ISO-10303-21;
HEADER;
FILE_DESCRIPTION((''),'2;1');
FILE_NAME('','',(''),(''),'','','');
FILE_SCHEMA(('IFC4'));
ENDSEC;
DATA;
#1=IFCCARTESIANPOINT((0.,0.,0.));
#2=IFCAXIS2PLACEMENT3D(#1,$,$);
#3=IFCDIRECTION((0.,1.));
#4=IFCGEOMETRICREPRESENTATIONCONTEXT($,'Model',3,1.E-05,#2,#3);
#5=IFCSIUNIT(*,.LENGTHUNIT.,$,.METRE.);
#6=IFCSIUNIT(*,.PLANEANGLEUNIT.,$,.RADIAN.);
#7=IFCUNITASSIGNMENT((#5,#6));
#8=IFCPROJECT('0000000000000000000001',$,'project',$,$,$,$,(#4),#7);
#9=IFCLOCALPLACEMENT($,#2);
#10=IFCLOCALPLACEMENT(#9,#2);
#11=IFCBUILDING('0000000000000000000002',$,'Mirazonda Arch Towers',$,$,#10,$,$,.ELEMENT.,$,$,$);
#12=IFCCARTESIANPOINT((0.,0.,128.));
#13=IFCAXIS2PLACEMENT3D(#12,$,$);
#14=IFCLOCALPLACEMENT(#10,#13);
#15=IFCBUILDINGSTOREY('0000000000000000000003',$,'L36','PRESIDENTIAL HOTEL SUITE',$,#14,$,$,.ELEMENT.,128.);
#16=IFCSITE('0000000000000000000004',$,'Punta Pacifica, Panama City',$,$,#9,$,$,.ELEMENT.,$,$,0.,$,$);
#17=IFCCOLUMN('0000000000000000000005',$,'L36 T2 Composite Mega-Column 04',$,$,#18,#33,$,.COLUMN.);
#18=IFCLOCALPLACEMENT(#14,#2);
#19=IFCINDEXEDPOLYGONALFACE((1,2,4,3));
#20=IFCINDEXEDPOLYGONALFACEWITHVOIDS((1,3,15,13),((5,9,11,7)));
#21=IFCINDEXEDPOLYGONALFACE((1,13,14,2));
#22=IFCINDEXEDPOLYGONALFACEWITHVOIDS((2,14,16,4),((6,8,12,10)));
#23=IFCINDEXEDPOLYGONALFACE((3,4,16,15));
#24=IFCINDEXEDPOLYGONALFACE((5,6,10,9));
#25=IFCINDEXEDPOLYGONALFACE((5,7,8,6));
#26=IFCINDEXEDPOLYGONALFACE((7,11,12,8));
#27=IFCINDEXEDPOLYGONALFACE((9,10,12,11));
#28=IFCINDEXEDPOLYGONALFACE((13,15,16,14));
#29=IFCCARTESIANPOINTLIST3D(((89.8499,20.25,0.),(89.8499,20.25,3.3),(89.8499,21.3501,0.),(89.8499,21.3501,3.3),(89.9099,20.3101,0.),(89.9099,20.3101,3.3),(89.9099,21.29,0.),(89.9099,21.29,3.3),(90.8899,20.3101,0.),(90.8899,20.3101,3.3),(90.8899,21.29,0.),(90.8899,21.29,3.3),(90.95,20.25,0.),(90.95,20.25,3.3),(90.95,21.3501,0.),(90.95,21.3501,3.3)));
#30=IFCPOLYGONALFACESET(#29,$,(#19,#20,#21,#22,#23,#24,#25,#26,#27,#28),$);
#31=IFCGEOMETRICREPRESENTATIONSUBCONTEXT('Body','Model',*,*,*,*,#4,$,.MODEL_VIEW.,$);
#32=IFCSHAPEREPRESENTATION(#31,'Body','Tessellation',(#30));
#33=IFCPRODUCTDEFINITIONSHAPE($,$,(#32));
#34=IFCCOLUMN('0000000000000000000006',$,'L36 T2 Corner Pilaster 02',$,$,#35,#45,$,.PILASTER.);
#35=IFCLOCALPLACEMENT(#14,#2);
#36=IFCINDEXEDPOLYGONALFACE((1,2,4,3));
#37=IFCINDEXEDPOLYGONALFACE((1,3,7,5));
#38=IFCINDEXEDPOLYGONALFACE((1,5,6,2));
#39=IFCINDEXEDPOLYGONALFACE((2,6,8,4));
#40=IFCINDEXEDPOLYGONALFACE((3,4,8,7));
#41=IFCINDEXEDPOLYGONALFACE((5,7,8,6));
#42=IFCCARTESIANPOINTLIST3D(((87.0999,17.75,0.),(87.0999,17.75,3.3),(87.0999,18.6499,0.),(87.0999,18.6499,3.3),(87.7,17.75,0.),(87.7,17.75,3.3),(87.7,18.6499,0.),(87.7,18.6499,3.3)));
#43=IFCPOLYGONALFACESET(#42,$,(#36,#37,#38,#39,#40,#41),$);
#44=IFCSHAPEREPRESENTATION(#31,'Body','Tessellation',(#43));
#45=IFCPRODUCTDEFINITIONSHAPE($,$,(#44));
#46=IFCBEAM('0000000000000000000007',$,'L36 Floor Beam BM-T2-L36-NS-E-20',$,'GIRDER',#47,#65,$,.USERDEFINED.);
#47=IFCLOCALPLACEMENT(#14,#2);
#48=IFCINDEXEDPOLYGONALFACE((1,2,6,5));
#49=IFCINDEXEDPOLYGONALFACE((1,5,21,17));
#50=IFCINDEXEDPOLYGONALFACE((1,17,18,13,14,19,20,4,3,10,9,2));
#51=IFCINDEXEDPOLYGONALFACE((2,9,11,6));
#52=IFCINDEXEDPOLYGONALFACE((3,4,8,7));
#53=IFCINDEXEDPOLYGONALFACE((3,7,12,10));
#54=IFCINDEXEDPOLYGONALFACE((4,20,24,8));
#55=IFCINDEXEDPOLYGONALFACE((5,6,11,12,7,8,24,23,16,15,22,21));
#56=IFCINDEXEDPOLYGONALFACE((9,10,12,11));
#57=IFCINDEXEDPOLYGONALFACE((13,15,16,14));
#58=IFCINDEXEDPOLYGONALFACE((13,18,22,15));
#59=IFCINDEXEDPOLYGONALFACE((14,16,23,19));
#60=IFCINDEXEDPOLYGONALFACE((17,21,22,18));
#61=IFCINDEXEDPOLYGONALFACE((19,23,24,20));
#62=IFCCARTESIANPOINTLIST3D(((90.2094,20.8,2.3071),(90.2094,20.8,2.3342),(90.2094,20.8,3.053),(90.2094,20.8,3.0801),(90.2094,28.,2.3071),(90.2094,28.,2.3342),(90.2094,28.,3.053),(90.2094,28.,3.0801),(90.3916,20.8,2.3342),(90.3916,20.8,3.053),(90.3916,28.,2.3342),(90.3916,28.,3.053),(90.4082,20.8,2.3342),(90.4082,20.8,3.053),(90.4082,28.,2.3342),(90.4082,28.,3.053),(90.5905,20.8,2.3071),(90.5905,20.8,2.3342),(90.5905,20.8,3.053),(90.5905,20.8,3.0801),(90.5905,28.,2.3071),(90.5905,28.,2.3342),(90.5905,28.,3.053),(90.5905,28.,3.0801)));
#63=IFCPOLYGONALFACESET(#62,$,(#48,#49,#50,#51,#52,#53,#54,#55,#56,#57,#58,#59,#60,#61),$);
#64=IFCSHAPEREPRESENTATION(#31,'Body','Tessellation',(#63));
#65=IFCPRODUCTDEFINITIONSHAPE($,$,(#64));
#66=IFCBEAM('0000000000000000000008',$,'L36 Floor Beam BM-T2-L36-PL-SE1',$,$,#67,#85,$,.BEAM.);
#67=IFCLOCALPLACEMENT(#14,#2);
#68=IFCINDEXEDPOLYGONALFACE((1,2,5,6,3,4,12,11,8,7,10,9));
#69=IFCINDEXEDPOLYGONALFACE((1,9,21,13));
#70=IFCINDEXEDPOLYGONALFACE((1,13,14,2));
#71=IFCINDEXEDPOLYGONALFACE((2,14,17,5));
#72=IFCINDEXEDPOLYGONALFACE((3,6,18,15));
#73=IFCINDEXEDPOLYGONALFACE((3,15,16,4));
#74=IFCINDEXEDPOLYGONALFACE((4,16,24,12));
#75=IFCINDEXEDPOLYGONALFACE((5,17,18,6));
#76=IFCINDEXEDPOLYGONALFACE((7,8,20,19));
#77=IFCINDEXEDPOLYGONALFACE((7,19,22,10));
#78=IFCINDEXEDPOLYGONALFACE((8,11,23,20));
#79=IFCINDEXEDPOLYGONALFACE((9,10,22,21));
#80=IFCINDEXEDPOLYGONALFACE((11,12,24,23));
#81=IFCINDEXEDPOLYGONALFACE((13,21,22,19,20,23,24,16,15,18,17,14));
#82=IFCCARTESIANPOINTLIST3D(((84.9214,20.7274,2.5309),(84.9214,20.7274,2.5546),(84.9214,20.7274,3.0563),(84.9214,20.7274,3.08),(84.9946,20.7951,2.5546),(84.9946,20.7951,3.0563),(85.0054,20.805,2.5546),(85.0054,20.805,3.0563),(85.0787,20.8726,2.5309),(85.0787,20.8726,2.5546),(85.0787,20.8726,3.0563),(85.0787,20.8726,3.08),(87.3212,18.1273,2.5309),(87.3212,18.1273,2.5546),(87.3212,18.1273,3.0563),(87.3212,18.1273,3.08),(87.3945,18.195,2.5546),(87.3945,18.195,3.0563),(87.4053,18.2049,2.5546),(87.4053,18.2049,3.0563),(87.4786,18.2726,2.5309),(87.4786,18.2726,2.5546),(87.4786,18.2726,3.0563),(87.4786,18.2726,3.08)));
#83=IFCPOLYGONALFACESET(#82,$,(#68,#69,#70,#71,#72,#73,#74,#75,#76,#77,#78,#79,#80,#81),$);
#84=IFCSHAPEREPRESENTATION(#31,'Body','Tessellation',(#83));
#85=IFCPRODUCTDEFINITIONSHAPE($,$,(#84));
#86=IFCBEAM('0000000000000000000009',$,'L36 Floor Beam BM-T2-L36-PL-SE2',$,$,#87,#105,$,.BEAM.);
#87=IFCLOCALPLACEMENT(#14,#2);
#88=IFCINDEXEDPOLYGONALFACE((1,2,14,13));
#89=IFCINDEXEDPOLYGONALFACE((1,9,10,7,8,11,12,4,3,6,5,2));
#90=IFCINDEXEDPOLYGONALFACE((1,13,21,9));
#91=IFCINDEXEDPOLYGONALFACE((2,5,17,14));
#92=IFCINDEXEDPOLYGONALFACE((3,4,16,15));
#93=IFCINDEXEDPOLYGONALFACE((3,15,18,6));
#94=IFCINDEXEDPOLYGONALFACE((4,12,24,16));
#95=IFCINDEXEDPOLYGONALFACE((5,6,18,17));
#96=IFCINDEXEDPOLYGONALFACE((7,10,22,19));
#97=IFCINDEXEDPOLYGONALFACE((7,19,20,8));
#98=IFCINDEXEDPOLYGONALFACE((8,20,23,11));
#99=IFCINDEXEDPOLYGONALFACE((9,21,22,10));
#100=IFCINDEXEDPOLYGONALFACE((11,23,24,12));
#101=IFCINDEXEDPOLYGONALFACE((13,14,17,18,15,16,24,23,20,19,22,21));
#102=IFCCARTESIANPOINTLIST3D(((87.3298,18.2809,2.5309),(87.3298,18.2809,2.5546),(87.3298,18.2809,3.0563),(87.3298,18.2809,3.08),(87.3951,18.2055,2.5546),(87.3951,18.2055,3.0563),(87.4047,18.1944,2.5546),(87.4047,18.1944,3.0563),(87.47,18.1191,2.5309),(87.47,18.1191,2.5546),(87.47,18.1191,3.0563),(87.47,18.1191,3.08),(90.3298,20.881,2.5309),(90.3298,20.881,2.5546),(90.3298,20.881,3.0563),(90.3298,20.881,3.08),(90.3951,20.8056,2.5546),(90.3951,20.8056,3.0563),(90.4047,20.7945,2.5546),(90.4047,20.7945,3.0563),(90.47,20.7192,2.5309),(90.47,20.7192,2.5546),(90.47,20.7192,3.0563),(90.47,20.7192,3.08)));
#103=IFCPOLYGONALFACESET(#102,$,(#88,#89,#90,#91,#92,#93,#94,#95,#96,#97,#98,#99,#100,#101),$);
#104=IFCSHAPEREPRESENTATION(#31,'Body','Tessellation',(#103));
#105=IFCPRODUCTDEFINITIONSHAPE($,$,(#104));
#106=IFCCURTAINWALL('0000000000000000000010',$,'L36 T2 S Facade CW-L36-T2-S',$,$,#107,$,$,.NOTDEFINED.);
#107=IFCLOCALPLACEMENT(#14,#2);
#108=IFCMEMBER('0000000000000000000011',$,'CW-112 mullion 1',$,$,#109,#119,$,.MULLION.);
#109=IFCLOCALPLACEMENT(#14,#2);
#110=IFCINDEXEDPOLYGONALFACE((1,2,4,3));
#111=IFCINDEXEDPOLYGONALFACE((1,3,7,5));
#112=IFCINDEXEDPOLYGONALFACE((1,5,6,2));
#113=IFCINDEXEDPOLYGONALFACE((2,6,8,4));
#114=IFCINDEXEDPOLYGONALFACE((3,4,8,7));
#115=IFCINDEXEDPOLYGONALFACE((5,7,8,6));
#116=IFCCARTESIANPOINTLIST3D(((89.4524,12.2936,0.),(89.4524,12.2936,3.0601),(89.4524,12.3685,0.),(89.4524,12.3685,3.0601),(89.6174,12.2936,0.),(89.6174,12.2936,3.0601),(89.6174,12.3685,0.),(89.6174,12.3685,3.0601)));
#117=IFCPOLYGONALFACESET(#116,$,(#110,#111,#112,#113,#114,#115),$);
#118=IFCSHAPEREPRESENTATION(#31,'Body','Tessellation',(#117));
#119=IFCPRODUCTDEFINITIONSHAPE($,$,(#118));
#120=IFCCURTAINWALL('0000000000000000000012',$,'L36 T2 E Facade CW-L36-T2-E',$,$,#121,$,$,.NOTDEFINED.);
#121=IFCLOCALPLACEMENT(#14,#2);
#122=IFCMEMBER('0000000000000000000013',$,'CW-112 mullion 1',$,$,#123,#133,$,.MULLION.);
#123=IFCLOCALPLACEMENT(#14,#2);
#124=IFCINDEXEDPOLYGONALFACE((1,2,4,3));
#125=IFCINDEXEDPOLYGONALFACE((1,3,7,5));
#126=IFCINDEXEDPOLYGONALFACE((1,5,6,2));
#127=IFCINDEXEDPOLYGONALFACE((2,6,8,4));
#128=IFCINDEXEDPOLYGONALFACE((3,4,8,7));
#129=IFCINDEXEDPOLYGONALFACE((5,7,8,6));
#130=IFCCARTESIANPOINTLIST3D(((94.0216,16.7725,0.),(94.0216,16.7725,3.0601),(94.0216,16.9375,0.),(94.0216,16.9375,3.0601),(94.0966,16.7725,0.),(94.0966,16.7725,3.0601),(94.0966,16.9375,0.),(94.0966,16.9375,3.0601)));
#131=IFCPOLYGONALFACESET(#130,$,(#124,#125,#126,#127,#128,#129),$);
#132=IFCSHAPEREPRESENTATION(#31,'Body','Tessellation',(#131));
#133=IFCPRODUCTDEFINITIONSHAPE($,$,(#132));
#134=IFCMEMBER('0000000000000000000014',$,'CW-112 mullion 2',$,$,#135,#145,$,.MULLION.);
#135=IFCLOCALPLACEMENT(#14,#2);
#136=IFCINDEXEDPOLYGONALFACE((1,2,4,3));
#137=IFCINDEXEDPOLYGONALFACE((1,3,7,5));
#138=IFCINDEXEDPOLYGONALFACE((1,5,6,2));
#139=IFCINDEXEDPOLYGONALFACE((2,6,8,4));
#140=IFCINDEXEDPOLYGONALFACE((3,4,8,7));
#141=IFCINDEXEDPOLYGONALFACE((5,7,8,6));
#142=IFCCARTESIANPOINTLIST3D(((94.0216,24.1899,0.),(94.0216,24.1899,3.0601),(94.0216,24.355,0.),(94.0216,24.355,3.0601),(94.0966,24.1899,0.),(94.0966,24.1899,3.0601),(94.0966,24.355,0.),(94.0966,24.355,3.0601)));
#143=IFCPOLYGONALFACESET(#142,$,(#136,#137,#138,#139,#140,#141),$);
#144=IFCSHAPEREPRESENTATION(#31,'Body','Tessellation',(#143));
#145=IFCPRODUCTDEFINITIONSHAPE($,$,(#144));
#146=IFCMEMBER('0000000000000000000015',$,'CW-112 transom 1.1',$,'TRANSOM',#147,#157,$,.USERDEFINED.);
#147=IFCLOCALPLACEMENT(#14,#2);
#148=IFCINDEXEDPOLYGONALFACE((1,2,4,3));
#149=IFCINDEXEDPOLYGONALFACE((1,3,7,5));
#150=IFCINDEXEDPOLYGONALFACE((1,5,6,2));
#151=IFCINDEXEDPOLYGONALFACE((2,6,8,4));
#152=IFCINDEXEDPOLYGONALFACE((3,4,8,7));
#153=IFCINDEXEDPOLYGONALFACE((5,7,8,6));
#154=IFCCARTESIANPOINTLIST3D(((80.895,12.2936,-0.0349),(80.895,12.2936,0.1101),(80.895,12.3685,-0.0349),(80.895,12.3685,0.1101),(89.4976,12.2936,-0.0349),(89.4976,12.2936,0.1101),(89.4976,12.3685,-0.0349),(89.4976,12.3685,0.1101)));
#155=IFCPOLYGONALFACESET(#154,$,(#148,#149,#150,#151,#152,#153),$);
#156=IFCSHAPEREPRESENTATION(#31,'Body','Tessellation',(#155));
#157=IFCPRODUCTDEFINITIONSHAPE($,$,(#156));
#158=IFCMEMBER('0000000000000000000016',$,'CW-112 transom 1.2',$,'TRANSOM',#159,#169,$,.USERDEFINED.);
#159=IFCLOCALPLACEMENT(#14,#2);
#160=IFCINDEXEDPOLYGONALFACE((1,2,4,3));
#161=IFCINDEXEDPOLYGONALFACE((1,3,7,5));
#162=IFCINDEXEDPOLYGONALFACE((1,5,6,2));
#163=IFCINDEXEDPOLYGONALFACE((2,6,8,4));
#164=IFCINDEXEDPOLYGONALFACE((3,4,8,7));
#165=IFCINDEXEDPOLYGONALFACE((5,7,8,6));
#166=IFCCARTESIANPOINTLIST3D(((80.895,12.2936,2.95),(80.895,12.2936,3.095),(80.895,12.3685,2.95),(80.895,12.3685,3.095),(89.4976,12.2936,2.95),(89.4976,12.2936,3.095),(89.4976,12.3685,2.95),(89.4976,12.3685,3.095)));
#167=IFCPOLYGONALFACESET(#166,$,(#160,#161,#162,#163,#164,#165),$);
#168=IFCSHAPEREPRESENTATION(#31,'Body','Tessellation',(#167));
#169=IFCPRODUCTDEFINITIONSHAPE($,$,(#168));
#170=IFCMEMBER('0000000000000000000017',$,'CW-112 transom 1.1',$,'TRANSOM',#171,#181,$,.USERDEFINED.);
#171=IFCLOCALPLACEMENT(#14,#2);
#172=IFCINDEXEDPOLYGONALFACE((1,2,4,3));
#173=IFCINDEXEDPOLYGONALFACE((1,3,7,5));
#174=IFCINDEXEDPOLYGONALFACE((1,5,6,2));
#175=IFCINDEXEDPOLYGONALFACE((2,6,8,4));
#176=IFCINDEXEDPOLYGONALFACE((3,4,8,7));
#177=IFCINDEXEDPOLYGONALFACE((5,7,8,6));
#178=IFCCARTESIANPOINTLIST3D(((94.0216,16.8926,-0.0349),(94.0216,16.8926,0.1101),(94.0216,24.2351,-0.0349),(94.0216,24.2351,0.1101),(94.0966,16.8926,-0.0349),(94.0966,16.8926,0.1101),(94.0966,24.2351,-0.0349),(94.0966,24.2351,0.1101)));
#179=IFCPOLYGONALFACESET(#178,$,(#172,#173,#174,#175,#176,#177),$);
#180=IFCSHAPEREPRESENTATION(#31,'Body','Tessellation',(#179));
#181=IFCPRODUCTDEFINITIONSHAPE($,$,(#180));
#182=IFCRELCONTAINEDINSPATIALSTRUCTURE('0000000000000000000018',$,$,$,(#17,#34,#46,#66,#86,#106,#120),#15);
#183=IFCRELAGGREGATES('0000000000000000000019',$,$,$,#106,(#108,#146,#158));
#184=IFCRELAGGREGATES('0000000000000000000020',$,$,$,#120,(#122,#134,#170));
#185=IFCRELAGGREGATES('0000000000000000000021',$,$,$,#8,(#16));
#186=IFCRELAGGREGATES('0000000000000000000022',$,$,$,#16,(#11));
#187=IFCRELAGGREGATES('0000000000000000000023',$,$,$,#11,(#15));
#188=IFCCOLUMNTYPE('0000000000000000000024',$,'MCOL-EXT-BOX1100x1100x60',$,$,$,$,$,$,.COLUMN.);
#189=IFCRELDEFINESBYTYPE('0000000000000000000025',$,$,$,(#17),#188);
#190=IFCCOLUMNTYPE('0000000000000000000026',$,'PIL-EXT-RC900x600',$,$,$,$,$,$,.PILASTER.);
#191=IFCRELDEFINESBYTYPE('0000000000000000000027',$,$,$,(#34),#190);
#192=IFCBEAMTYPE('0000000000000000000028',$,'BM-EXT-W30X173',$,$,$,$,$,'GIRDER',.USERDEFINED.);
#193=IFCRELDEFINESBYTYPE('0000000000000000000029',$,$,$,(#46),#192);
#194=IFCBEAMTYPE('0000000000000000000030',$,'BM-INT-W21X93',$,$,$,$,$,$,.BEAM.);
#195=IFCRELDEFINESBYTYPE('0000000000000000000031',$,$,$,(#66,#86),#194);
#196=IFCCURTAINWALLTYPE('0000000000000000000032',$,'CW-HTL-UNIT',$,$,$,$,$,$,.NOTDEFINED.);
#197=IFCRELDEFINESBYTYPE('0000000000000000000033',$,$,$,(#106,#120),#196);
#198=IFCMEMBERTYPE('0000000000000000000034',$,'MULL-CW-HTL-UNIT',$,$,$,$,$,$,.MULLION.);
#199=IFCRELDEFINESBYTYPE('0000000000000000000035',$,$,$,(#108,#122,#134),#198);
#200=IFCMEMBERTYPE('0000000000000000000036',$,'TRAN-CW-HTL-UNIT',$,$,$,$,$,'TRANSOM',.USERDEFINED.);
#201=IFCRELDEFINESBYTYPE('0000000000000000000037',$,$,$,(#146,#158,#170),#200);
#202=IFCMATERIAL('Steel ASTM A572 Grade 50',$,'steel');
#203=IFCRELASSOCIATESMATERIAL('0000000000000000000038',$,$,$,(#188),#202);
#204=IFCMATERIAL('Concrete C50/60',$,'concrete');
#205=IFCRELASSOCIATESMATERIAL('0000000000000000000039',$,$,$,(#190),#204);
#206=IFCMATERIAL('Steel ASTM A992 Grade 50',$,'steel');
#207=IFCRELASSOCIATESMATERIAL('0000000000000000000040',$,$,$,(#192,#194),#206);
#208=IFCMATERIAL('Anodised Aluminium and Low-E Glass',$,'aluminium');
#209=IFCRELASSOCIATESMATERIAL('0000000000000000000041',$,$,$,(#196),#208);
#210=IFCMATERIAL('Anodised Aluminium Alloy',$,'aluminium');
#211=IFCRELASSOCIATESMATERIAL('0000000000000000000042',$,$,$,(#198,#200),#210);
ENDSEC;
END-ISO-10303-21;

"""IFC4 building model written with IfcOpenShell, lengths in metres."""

from ifc_helpers import new_model, si_unit, direction, frame, origin, origin_2d, place, context, subcontext, project, spatial, rectangle, hollow_rectangle, i_section, extrude, material, material_profile, profile_set, type_object, element, aggregate, save


model = new_model("IFC4")

# Units and contexts
model_context = context("Model", 3, precision=1e-05, world=origin(), true_north=direction((0.0, 1.0)))
body_context = subcontext(model_context, "Body", "Model", "MODEL_VIEW")
ifc_project = project(units=[si_unit("LENGTHUNIT", "METRE"), si_unit("PLANEANGLEUNIT", "RADIAN")], contexts=[model_context])

# Site, building, storey
site_placement = place(None, origin())
site = spatial("IfcSite", under=ifc_project, at=site_placement, Name="Punta Pacifica, Panama City", CompositionType="ELEMENT", RefElevation=0.0)
building_placement = place(site_placement, origin())
building = spatial("IfcBuilding", under=site, at=building_placement, Name="Mirazonda Arch Towers", CompositionType="ELEMENT")
storey_placement = place(building_placement, frame((0.0, 0.0, 128.0)))
storey = spatial("IfcBuildingStorey", under=building, at=storey_placement, Name="L36", Description="PRESIDENTIAL HOTEL SUITE", CompositionType="ELEMENT", Elevation=128.0)

# Columns
ifc_material_1 = material(Name="Steel ASTM A572 Grade 50", Category="steel")
ifc_material_profile_1 = material_profile(ifc_material_1, hollow_rectangle(XDim=1.1001, YDim=1.1001, WallThickness=0.0601, at=origin_2d()), Name="BOX1100x1100x60")
ifc_profile_set_1 = profile_set([ifc_material_profile_1], Name="Steel ASTM A572 Grade 50")
column_type_1 = type_object("IfcColumnType", Name="MCOL-EXT-BOX1100x1100x60", PredefinedType="COLUMN", material=ifc_profile_set_1)
column_1_placement = place(storey_placement, frame((90.3999, 20.8, 0.0), z_axis=(0.0, 0.0, 1.0), x_axis=(1.0, 0.0, 0.0)))
element("IfcColumn", 1, at=column_1_placement, inside=storey, type_object=column_type_1, Name="L36 T2 Composite Mega-Column 04", PredefinedType="COLUMN", context=body_context, shape_type="SweptSolid", body=[
    extrude(hollow_rectangle(XDim=1.1001, YDim=1.1001, WallThickness=0.0601, at=origin_2d()), origin(), (0.0, 0.0, 1.0), 3.3),
])
ifc_material_2 = material(Name="Concrete C50/60", Category="concrete")
ifc_material_profile_2 = material_profile(ifc_material_2, rectangle(XDim=0.6001, YDim=0.8999, at=origin_2d()), Name="RC900x600")
ifc_profile_set_2 = profile_set([ifc_material_profile_2], Name="Concrete C50/60")
column_type_2 = type_object("IfcColumnType", Name="PIL-EXT-RC900x600", PredefinedType="PILASTER", material=ifc_profile_set_2)
column_2_placement = place(storey_placement, frame((87.3999, 18.2, 0.0), z_axis=(0.0, 0.0, 1.0), x_axis=(1.0, 0.0, 0.0)))
element("IfcColumn", 2, at=column_2_placement, inside=storey, type_object=column_type_2, Name="L36 T2 Corner Pilaster 02", PredefinedType="PILASTER", context=body_context, shape_type="SweptSolid", body=[
    extrude(rectangle(XDim=0.6001, YDim=0.8999, at=origin_2d()), origin(), (0.0, 0.0, 1.0), 3.3),
])

# Beams
ifc_material_3 = material(Name="Steel ASTM A992 Grade 50", Category="steel")
ifc_material_profile_3 = material_profile(ifc_material_3, i_section(OverallWidth=0.3811, OverallDepth=0.7729, WebThickness=0.0166, FlangeThickness=0.0271, at=origin_2d()), Name="W30X173")
ifc_profile_set_3 = profile_set([ifc_material_profile_3], Name="Steel ASTM A992 Grade 50")
beam_type_1 = type_object("IfcBeamType", Name="BM-EXT-W30X173", ElementType="GIRDER", PredefinedType="USERDEFINED", material=ifc_profile_set_3)
beam_1_placement = place(storey_placement, frame((90.3999, 20.8, 2.6936), z_axis=(0.0, 1.0, 0.0), x_axis=(-1.0, 0.0, 0.0)))
element("IfcBeam", 3, at=beam_1_placement, inside=storey, type_object=beam_type_1, Name="L36 Floor Beam BM-T2-L36-NS-E-20", ObjectType="GIRDER", PredefinedType="USERDEFINED", context=body_context, shape_type="SweptSolid", body=[
    extrude(i_section(OverallWidth=0.3811, OverallDepth=0.7729, WebThickness=0.0166, FlangeThickness=0.0271, at=origin_2d()), origin(), (0.0, 0.0, 1.0), 7.2),
])
ifc_material_profile_4 = material_profile(ifc_material_3, i_section(OverallWidth=0.2141, OverallDepth=0.5491, WebThickness=0.0146, FlangeThickness=0.0237, at=origin_2d()), Name="W21X93")
ifc_profile_set_4 = profile_set([ifc_material_profile_4], Name="Steel ASTM A992 Grade 50")
beam_type_2 = type_object("IfcBeamType", Name="BM-INT-W21X93", PredefinedType="BEAM", material=ifc_profile_set_4)
beam_2_placement = place(storey_placement, frame((87.3999, 18.2, 2.8054), z_axis=(-0.678251, 0.73483, 0.0), x_axis=(-0.73483, -0.678251, 0.0)))
element("IfcBeam", 4, at=beam_2_placement, inside=storey, type_object=beam_type_2, Name="L36 Floor Beam BM-T2-L36-PL-SE1", PredefinedType="BEAM", context=body_context, shape_type="SweptSolid", body=[
    extrude(i_section(OverallWidth=0.2141, OverallDepth=0.5491, WebThickness=0.0146, FlangeThickness=0.0237, at=origin_2d()), origin(), (0.0, 0.0, 1.0), 3.5383),
])
beam_3_placement = place(storey_placement, frame((87.3999, 18.2, 2.8054), z_axis=(0.755677, 0.654945, 0.0), x_axis=(-0.654945, 0.755677, 0.0)))
element("IfcBeam", 5, at=beam_3_placement, inside=storey, type_object=beam_type_2, Name="L36 Floor Beam BM-T2-L36-PL-SE2", PredefinedType="BEAM", context=body_context, shape_type="SweptSolid", body=[
    extrude(i_section(OverallWidth=0.2141, OverallDepth=0.5491, WebThickness=0.0146, FlangeThickness=0.0237, at=origin_2d()), origin(), (0.0, 0.0, 1.0), 3.97),
])

# Curtain wall, member
ifc_material_4 = material(Name="Anodised Aluminium and Low-E Glass", Category="aluminium")
curtain_wall_type = type_object("IfcCurtainWallType", Name="CW-HTL-UNIT", PredefinedType="NOTDEFINED", material=ifc_material_4)
curtain_wall_1_placement = place(storey_placement, origin())
curtain_wall_1 = element("IfcCurtainWall", 6, at=curtain_wall_1_placement, inside=storey, type_object=curtain_wall_type, Name="L36 T2 S Facade CW-L36-T2-S", PredefinedType="NOTDEFINED")
ifc_material_5 = material(Name="Anodised Aluminium Alloy", Category="aluminium")
ifc_material_profile_5 = material_profile(ifc_material_5, rectangle(XDim=0.075, YDim=0.165, at=origin_2d()), Name="ALU-MULL-75x165")
ifc_profile_set_5 = profile_set([ifc_material_profile_5], Name="Anodised Aluminium Alloy")
member_type_1 = type_object("IfcMemberType", Name="MULL-CW-HTL-UNIT", PredefinedType="MULLION", material=ifc_profile_set_5)
member_1_placement = place(storey_placement, frame((89.5349, 12.3311, 0.0), z_axis=(0.0, 0.0, 1.0), x_axis=(0.0, -1.0, 0.0)))
member_1 = element("IfcMember", 7, at=member_1_placement, type_object=member_type_1, Name="CW-112 mullion 1", PredefinedType="MULLION", context=body_context, shape_type="SweptSolid", body=[
    extrude(rectangle(XDim=0.075, YDim=0.165, at=origin_2d()), origin(), (0.0, 0.0, 1.0), 3.0601),
])

# Curtain wall, members
curtain_wall_2_placement = place(storey_placement, origin())
curtain_wall_2 = element("IfcCurtainWall", 8, at=curtain_wall_2_placement, inside=storey, type_object=curtain_wall_type, Name="L36 T2 E Facade CW-L36-T2-E", PredefinedType="NOTDEFINED")
member_2_placement = place(storey_placement, frame((94.0591, 16.855, 0.0), z_axis=(0.0, 0.0, 1.0), x_axis=(-1.0, 0.0, 0.0)))
member_2 = element("IfcMember", 9, at=member_2_placement, type_object=member_type_1, Name="CW-112 mullion 1", PredefinedType="MULLION", context=body_context, shape_type="SweptSolid", body=[
    extrude(rectangle(XDim=0.075, YDim=0.165, at=origin_2d()), origin(), (0.0, 0.0, 1.0), 3.0601),
])
member_3_placement = place(storey_placement, frame((94.0591, 24.2725, 0.0), z_axis=(0.0, 0.0, 1.0), x_axis=(-1.0, 0.0, 0.0)))
member_3 = element("IfcMember", 10, at=member_3_placement, type_object=member_type_1, Name="CW-112 mullion 2", PredefinedType="MULLION", context=body_context, shape_type="SweptSolid", body=[
    extrude(rectangle(XDim=0.075, YDim=0.165, at=origin_2d()), origin(), (0.0, 0.0, 1.0), 3.0601),
])

# Members
ifc_material_profile_6 = material_profile(ifc_material_5, rectangle(XDim=0.075, YDim=0.145, at=origin_2d()), Name="ALU-TRAN-75x145")
ifc_profile_set_6 = profile_set([ifc_material_profile_6], Name="Anodised Aluminium Alloy")
member_type_2 = type_object("IfcMemberType", Name="TRAN-CW-HTL-UNIT", ElementType="TRANSOM", PredefinedType="USERDEFINED", material=ifc_profile_set_6)
member_4_placement = place(storey_placement, frame((89.4976, 12.3311, 0.0376), z_axis=(-1.0, 0.0, 0.0), x_axis=(0.0, -1.0, 0.0)))
member_4 = element("IfcMember", 11, at=member_4_placement, type_object=member_type_2, Name="CW-112 transom 1.1", ObjectType="TRANSOM", PredefinedType="USERDEFINED", context=body_context, shape_type="SweptSolid", body=[
    extrude(rectangle(XDim=0.075, YDim=0.145, at=origin_2d()), origin(), (0.0, 0.0, 1.0), 8.6025),
])
member_5_placement = place(storey_placement, frame((89.4976, 12.3311, 3.0225), z_axis=(-1.0, 0.0, 0.0), x_axis=(0.0, -1.0, 0.0)))
member_5 = element("IfcMember", 12, at=member_5_placement, type_object=member_type_2, Name="CW-112 transom 1.2", ObjectType="TRANSOM", PredefinedType="USERDEFINED", context=body_context, shape_type="SweptSolid", body=[
    extrude(rectangle(XDim=0.075, YDim=0.145, at=origin_2d()), origin(), (0.0, 0.0, 1.0), 8.6025),
])
aggregate(curtain_wall_1, [member_1, member_4, member_5])
member_6_placement = place(storey_placement, frame((94.0591, 16.8926, 0.0376), z_axis=(0.0, 1.0, 0.0), x_axis=(-1.0, 0.0, 0.0)))
member_6 = element("IfcMember", 13, at=member_6_placement, type_object=member_type_2, Name="CW-112 transom 1.1", ObjectType="TRANSOM", PredefinedType="USERDEFINED", context=body_context, shape_type="SweptSolid", body=[
    extrude(rectangle(XDim=0.075, YDim=0.145, at=origin_2d()), origin(), (0.0, 0.0, 1.0), 7.3425),
])

aggregate(curtain_wall_2, [member_2, member_3, member_6])

save(model, "model.ifc")
